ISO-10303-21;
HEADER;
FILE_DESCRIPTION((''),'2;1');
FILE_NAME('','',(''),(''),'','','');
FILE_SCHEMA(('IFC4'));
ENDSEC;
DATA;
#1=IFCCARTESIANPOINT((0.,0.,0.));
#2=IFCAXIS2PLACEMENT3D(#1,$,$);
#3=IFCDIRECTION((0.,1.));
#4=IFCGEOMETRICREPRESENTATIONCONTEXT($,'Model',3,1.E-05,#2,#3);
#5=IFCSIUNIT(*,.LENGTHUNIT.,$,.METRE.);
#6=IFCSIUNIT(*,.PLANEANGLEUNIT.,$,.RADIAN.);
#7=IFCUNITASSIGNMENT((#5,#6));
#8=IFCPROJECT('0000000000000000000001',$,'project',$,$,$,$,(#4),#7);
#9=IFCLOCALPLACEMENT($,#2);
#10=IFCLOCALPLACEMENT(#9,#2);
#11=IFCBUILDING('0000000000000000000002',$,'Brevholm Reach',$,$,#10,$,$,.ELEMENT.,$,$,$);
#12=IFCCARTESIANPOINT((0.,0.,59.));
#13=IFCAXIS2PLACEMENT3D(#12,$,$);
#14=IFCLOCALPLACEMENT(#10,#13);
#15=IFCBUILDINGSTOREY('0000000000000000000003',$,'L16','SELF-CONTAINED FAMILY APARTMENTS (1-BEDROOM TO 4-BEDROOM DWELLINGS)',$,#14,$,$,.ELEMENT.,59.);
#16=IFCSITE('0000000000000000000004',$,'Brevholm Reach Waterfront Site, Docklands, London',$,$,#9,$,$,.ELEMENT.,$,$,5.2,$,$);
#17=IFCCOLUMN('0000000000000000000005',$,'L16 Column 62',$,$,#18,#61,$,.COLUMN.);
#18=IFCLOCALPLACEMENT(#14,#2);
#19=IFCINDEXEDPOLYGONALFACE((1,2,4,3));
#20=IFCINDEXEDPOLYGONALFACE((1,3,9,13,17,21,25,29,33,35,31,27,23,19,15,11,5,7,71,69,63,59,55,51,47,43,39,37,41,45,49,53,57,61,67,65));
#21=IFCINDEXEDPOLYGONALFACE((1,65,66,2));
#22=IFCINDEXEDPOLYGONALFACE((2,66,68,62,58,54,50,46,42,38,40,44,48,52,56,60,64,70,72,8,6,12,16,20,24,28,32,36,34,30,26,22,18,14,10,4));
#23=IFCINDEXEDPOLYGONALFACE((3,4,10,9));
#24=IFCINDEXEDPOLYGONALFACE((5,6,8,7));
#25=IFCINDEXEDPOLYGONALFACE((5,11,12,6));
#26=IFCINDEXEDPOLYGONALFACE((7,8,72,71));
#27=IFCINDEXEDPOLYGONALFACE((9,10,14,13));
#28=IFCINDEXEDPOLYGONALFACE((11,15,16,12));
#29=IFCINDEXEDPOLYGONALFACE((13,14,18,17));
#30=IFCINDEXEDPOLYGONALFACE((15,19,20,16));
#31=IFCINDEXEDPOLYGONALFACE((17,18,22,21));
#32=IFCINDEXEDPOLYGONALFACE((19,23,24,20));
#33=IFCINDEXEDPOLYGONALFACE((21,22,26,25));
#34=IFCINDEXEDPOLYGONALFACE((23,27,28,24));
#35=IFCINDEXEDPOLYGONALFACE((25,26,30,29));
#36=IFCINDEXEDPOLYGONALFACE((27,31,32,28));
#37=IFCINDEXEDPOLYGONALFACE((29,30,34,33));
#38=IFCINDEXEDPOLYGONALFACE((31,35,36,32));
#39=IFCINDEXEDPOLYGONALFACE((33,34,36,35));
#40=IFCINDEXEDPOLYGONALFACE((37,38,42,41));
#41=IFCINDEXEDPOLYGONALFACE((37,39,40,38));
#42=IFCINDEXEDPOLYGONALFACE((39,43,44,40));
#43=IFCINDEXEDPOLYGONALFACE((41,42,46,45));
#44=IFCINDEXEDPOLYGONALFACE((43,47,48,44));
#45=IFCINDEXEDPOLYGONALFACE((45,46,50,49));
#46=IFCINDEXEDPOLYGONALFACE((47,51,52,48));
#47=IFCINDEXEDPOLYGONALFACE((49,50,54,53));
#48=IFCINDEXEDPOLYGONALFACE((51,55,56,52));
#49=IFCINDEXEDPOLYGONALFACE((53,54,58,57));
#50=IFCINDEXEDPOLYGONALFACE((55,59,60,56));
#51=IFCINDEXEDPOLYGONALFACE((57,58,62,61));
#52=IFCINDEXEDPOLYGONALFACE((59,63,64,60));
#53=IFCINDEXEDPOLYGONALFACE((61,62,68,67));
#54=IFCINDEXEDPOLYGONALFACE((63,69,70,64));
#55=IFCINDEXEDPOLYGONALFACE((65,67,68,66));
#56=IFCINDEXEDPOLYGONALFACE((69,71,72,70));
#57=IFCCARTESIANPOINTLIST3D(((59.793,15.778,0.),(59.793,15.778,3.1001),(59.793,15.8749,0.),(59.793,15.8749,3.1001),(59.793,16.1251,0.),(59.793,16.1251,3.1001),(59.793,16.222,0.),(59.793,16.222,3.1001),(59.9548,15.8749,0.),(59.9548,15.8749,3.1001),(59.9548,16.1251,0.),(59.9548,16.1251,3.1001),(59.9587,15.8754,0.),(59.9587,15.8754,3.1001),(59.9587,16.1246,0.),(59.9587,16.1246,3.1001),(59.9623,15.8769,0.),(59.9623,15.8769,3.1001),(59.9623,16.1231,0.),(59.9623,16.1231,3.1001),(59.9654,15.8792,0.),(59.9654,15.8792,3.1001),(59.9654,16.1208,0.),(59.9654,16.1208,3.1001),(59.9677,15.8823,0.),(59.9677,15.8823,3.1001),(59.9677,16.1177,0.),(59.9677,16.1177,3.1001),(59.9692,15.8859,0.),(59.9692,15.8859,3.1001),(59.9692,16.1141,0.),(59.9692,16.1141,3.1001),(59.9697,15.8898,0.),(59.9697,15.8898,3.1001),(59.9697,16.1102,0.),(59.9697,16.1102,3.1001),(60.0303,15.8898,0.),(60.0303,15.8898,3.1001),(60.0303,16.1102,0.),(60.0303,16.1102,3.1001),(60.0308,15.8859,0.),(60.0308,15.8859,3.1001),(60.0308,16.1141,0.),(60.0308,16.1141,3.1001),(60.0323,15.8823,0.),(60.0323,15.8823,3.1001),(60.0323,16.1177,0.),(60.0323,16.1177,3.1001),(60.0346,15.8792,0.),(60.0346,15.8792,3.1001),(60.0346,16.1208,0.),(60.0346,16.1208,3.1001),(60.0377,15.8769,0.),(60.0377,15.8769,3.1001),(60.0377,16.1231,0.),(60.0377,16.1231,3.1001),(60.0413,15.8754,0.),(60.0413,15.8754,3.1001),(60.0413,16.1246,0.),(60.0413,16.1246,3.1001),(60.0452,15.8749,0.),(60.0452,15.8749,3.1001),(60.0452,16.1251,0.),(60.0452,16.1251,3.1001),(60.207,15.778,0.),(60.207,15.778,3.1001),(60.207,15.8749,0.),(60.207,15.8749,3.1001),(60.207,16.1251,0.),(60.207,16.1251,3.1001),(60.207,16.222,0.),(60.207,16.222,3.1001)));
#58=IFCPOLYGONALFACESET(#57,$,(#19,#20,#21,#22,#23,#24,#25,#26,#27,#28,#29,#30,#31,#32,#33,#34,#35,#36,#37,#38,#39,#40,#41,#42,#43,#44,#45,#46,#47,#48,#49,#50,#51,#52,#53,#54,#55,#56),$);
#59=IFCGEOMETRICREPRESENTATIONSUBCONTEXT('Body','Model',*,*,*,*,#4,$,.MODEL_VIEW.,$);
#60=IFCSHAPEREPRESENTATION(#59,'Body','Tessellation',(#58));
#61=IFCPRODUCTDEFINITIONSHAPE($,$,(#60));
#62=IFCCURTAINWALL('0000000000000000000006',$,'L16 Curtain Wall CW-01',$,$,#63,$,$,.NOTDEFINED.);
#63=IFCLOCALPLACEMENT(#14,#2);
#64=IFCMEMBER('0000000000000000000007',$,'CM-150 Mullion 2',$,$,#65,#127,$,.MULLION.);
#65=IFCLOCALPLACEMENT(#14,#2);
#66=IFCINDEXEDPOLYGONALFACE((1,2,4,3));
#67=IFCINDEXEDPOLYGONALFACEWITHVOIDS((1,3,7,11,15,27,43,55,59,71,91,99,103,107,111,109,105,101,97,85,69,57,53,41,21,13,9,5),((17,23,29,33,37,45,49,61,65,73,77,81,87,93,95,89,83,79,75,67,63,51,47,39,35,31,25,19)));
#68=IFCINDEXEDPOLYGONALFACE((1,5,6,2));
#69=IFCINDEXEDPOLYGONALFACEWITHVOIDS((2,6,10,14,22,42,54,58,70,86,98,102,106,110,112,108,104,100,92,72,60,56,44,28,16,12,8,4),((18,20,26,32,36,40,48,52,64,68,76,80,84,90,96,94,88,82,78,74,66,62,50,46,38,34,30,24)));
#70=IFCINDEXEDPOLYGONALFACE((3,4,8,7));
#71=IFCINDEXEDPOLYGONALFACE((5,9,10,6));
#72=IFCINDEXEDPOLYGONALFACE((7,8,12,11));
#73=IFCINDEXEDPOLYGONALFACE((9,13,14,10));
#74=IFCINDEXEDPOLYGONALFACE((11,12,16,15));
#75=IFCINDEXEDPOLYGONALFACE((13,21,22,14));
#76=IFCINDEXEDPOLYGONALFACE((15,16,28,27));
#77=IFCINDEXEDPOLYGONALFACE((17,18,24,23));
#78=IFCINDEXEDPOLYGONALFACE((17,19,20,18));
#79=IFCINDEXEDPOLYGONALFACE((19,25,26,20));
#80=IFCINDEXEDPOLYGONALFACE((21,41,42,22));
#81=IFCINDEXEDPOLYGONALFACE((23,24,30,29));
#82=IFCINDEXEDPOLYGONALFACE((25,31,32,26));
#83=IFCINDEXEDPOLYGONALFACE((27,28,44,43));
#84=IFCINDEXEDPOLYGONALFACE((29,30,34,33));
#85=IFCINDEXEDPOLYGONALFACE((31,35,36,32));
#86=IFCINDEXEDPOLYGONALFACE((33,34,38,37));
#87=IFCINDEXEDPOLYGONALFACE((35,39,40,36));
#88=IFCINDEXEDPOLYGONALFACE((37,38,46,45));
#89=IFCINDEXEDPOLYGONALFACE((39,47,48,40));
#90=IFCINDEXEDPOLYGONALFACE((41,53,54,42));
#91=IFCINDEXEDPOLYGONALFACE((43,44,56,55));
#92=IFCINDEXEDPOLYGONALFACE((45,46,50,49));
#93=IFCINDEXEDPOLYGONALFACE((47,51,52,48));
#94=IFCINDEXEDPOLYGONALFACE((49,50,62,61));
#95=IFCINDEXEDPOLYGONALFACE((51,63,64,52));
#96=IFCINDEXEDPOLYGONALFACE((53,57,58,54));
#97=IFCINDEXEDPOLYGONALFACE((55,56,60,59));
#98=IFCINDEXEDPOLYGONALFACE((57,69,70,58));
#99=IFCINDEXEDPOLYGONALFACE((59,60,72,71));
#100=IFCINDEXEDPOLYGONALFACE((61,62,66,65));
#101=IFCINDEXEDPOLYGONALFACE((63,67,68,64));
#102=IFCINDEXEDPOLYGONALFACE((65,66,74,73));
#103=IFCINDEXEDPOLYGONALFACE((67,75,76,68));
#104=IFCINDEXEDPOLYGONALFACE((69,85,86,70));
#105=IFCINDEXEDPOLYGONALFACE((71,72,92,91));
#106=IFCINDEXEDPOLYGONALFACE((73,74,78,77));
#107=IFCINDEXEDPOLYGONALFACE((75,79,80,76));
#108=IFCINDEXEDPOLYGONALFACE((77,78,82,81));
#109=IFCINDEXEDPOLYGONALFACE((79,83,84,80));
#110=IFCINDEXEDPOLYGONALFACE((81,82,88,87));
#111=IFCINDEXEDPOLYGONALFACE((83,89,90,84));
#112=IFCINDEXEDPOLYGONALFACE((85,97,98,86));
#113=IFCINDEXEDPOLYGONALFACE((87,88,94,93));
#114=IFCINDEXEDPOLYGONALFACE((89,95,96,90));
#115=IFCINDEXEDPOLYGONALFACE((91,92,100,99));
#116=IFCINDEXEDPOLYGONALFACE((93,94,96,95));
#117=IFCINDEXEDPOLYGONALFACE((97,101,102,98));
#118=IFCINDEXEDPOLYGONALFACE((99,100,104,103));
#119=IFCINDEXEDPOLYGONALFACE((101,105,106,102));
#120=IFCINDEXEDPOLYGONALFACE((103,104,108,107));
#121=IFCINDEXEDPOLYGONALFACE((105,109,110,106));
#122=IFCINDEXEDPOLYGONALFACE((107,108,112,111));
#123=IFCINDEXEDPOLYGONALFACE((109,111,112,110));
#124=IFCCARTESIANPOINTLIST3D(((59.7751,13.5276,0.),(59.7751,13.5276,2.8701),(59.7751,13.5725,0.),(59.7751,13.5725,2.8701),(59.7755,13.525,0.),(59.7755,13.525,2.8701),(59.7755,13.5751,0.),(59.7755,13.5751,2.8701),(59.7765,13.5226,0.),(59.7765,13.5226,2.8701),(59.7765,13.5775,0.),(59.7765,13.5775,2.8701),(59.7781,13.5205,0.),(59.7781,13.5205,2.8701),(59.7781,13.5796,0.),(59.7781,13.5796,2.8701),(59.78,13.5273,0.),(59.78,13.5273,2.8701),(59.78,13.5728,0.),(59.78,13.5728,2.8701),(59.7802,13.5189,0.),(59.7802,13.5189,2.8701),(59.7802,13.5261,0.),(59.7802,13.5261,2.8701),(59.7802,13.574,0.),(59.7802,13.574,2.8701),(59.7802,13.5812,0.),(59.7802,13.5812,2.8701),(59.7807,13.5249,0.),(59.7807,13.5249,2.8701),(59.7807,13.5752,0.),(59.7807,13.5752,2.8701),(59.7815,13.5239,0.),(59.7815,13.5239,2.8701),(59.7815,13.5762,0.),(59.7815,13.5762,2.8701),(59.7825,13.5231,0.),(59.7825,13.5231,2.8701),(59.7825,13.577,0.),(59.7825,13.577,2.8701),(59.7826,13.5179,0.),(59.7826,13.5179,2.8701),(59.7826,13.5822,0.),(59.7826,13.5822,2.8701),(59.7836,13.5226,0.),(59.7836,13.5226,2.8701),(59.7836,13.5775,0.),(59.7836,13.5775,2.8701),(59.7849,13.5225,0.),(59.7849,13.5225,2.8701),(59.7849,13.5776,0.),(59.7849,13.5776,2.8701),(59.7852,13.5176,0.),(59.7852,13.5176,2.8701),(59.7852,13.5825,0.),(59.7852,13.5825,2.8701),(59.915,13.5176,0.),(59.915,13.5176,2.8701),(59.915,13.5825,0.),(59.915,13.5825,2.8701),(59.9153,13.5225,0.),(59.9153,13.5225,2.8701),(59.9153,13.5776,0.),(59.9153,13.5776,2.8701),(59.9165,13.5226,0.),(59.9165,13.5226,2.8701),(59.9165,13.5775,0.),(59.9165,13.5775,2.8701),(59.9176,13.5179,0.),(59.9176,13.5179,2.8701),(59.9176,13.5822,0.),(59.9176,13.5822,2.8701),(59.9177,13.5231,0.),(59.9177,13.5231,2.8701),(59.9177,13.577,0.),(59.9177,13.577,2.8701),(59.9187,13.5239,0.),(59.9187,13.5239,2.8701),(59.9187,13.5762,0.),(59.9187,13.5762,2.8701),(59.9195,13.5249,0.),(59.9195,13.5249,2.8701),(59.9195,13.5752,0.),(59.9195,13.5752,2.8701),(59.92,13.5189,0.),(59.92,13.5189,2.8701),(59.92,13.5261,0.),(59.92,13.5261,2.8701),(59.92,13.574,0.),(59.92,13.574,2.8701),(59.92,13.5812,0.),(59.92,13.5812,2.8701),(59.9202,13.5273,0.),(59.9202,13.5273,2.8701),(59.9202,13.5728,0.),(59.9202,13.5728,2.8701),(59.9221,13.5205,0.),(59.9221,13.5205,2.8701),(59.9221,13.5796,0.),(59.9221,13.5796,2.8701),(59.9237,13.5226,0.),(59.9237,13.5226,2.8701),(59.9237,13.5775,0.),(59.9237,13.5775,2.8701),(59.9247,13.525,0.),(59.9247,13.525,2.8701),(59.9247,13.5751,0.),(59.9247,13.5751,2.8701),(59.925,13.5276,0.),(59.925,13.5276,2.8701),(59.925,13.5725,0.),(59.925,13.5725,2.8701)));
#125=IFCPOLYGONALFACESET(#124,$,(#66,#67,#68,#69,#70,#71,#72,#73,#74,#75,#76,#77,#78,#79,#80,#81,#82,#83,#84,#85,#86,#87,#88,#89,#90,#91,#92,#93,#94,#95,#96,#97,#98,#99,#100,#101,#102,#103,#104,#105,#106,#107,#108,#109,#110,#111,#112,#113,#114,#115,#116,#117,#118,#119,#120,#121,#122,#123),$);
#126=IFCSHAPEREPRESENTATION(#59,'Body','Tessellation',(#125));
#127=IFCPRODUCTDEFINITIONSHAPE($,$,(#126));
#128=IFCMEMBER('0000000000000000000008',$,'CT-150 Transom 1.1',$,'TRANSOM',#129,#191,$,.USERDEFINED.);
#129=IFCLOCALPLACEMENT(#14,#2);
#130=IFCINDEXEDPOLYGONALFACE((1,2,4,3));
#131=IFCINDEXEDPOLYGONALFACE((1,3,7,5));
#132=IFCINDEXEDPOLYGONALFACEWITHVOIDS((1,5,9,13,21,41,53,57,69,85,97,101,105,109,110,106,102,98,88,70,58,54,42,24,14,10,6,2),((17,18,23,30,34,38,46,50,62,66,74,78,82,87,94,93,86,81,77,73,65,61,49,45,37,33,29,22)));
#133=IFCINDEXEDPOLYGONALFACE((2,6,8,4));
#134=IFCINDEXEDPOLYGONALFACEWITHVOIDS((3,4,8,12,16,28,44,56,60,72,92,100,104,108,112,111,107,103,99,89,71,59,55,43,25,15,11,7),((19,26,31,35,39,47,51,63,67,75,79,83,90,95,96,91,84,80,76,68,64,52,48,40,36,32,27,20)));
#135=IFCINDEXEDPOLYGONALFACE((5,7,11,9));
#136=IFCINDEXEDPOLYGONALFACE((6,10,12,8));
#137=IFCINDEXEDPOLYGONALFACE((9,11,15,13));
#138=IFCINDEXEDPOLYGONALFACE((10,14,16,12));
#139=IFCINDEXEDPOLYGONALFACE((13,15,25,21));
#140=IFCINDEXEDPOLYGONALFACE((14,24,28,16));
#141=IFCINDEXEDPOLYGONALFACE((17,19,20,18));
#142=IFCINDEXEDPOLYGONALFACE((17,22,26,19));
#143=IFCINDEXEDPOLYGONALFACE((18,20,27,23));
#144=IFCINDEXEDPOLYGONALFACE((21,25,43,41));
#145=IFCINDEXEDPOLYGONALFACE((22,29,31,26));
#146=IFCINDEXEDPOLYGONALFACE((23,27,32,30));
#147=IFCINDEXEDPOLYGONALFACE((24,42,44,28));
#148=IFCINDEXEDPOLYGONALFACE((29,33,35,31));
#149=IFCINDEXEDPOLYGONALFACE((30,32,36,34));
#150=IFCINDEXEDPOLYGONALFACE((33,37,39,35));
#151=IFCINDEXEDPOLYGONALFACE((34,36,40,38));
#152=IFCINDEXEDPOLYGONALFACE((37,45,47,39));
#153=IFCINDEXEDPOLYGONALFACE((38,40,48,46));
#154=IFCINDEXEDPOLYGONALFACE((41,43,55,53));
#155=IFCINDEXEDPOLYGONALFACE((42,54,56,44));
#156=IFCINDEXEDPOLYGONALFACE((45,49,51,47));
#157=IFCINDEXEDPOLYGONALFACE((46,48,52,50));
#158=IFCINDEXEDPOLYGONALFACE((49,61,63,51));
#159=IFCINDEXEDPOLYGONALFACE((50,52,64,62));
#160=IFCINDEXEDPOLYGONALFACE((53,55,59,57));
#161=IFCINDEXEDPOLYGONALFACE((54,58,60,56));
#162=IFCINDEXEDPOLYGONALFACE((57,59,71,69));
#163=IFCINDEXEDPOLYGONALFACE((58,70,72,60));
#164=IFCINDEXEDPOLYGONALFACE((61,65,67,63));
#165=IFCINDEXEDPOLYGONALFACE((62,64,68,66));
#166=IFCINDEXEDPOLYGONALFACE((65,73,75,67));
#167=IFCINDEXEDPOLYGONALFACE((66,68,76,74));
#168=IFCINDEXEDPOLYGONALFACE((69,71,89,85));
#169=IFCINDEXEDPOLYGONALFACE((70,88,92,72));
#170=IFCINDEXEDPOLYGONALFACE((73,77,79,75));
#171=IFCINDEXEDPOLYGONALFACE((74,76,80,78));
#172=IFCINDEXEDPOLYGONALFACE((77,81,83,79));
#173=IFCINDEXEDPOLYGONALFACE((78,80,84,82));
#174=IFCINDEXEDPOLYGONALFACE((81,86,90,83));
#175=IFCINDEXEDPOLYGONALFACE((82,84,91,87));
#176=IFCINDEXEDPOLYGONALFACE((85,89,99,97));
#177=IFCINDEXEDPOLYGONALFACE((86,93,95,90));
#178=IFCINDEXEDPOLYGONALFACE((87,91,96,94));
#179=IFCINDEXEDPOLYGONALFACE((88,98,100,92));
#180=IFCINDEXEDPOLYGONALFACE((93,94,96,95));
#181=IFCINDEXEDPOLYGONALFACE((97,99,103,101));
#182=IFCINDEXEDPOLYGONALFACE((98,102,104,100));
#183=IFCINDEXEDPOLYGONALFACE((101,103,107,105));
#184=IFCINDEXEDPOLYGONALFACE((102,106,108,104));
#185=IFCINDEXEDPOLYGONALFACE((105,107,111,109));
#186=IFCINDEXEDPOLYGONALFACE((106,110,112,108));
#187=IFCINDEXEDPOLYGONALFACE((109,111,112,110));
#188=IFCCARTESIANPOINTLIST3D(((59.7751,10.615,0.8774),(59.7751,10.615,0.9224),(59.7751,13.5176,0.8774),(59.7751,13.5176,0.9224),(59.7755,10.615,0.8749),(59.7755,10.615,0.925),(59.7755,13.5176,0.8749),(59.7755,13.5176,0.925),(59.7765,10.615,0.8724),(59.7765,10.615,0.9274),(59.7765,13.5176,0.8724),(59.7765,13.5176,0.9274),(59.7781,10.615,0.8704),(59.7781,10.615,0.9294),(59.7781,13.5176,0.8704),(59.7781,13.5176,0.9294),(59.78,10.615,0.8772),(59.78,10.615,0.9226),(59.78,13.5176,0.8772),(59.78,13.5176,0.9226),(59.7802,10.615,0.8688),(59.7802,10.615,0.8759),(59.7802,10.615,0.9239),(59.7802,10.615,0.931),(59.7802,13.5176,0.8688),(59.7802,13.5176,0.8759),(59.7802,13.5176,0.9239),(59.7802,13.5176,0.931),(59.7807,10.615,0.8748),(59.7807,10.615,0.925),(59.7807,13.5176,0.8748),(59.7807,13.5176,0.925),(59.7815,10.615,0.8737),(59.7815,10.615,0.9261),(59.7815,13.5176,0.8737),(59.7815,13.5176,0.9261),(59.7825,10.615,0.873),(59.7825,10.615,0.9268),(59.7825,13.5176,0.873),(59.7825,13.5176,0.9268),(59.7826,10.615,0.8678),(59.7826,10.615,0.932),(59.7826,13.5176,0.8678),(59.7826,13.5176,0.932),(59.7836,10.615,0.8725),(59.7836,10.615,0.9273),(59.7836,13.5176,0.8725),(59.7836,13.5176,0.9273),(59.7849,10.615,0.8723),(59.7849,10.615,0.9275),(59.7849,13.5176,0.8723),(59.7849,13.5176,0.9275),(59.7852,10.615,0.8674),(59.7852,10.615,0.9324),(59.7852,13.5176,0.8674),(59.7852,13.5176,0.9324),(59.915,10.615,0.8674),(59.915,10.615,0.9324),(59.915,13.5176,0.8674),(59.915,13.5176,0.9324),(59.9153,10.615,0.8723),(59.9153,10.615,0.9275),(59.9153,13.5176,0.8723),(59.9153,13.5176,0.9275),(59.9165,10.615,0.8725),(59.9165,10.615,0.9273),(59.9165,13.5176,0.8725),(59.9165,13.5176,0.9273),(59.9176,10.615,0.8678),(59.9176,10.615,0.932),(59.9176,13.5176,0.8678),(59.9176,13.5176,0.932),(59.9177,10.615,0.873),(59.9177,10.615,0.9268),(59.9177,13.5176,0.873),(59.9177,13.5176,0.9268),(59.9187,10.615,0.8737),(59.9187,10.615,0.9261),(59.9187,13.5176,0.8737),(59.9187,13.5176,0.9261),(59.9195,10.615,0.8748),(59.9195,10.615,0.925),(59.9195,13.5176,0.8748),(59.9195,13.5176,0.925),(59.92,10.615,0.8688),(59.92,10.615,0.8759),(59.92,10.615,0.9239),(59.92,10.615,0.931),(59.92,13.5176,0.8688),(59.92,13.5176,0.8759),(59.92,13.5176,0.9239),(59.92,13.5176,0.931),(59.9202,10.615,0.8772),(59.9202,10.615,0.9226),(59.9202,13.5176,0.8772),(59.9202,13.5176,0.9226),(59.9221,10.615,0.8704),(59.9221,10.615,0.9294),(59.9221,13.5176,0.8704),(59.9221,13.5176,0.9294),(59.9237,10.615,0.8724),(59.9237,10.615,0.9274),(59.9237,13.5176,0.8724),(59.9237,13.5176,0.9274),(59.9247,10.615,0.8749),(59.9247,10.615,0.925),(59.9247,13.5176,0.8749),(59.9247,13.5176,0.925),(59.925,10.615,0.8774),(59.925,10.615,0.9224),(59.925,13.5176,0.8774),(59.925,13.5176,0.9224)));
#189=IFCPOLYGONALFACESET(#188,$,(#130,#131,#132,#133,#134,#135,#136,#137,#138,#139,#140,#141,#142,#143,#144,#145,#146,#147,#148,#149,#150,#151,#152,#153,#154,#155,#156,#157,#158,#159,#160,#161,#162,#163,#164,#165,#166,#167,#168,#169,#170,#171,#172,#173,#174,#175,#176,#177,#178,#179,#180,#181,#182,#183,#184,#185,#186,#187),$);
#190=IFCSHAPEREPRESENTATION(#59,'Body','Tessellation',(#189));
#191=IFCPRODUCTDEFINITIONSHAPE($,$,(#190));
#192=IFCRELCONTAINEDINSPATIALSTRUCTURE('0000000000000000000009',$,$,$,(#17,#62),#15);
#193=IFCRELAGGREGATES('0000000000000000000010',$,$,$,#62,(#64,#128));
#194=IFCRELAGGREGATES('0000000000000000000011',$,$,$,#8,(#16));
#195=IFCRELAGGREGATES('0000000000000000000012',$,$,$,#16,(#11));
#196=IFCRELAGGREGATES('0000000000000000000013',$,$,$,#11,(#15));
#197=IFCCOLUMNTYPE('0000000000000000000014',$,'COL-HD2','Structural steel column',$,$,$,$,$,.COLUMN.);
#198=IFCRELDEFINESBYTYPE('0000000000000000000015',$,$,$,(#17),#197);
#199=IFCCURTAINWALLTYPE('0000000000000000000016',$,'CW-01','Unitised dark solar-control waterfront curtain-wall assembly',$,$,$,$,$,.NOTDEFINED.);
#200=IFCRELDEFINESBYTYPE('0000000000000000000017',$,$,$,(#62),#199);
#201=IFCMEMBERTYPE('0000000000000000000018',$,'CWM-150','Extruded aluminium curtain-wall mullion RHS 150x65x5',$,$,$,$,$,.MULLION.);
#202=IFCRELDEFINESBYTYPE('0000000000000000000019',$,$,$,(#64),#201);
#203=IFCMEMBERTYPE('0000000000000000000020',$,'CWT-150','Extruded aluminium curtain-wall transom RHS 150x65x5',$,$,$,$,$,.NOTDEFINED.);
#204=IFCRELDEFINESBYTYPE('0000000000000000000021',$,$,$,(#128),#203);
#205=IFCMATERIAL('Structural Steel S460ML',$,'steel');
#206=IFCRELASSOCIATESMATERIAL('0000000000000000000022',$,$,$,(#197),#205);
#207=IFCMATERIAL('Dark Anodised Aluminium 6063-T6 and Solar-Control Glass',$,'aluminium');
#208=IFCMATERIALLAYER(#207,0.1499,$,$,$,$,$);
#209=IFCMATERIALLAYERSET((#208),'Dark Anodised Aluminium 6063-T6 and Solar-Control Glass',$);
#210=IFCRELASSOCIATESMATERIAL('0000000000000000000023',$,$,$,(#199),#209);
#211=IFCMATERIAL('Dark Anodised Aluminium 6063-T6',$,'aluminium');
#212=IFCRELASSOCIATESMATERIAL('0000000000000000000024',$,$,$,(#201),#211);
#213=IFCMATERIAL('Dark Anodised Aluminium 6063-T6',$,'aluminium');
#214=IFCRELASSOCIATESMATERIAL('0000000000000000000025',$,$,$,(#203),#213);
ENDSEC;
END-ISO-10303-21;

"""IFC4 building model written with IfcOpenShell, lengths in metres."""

from ifc_helpers import new_model, si_unit, direction, frame, origin, origin_2d, place, context, subcontext, project, spatial, hollow_rectangle, i_section, extrude, material, layer, layer_set, material_profile, profile_set, type_object, element, aggregate, save


model = new_model("IFC4")

# Units and contexts
model_context = context("Model", 3, precision=1e-05, world=origin(), true_north=direction((0.0, 1.0)))
body_context = subcontext(model_context, "Body", "Model", "MODEL_VIEW")
ifc_project = project(units=[si_unit("LENGTHUNIT", "METRE"), si_unit("PLANEANGLEUNIT", "RADIAN")], contexts=[model_context])

# Site, building, storey
site_placement = place(None, origin())
site = spatial("IfcSite", under=ifc_project, at=site_placement, Name="Brevholm Reach Waterfront Site, Docklands, London", CompositionType="ELEMENT", RefElevation=5.2)
building_placement = place(site_placement, origin())
building = spatial("IfcBuilding", under=site, at=building_placement, Name="Brevholm Reach", CompositionType="ELEMENT")
storey_placement = place(building_placement, frame((0.0, 0.0, 59.0)))
storey = spatial("IfcBuildingStorey", under=building, at=storey_placement, Name="L16", Description="SELF-CONTAINED FAMILY APARTMENTS (1-BEDROOM TO 4-BEDROOM DWELLINGS)", CompositionType="ELEMENT", Elevation=59.0)

# Column
ifc_material_1 = material(Name="Structural Steel S460ML", Category="steel")
ifc_material_profile_1 = material_profile(ifc_material_1, i_section(OverallWidth=0.4141, OverallDepth=0.4441, WebThickness=0.0605, FlangeThickness=0.0969, FilletRadius=0.0149, at=origin_2d()), Name="HD 400x818")
ifc_profile_set_1 = profile_set([ifc_material_profile_1], Name="Structural Steel S460ML")
column_type = type_object("IfcColumnType", Name="COL-HD2", Description="Structural steel column", PredefinedType="COLUMN", material=ifc_profile_set_1)
column_placement = place(storey_placement, frame((60.0, 16.0, 0.0), z_axis=(0.0, 0.0, 1.0), x_axis=(1.0, 0.0, 0.0)))
element("IfcColumn", 1, at=column_placement, inside=storey, type_object=column_type, Name="L16 Column 62", PredefinedType="COLUMN", context=body_context, shape_type="SweptSolid", body=[
    extrude(i_section(OverallWidth=0.4141, OverallDepth=0.4441, WebThickness=0.0605, FlangeThickness=0.0969, FilletRadius=0.0149, at=origin_2d()), origin(), (0.0, 0.0, 1.0), 3.1001),
])

# Curtain wall, members
ifc_material_2 = material(Name="Dark Anodised Aluminium 6063-T6 and Solar-Control Glass", Category="aluminium")
ifc_layer_1 = layer(ifc_material_2, 0.1499)
ifc_layer_set_1 = layer_set([ifc_layer_1], Name="Dark Anodised Aluminium 6063-T6 and Solar-Control Glass")
curtain_wall_type = type_object("IfcCurtainWallType", Name="CW-01", Description="Unitised dark solar-control waterfront curtain-wall assembly", PredefinedType="NOTDEFINED", material=ifc_layer_set_1)
curtain_wall_placement = place(storey_placement, origin())
curtain_wall = element("IfcCurtainWall", 2, at=curtain_wall_placement, inside=storey, type_object=curtain_wall_type, Name="L16 Curtain Wall CW-01", PredefinedType="NOTDEFINED")
ifc_material_3 = material(Name="Dark Anodised Aluminium 6063-T6", Category="aluminium")
ifc_material_profile_2 = material_profile(ifc_material_3, hollow_rectangle(XDim=0.0649, YDim=0.1499, WallThickness=0.0049, InnerFilletRadius=0.0049, OuterFilletRadius=0.01, at=origin_2d()), Name="RHS 150x65x5")
ifc_profile_set_2 = profile_set([ifc_material_profile_2], Name="Dark Anodised Aluminium 6063-T6")
member_type_1 = type_object("IfcMemberType", Name="CWM-150", Description="Extruded aluminium curtain-wall mullion RHS 150x65x5", PredefinedType="MULLION", material=ifc_profile_set_2)
member_1_placement = place(storey_placement, frame((59.8501, 13.55, 0.0), z_axis=(0.0, 0.0, 1.0), x_axis=(0.0, 1.0, 0.0)))
member_1 = element("IfcMember", 3, at=member_1_placement, type_object=member_type_1, Name="CM-150 Mullion 2", PredefinedType="MULLION", context=body_context, shape_type="SweptSolid", body=[
    extrude(hollow_rectangle(XDim=0.0649, YDim=0.1499, WallThickness=0.0049, InnerFilletRadius=0.0049, OuterFilletRadius=0.01, at=origin_2d()), origin(), (0.0, 0.0, 1.0), 2.8701),
])
ifc_material_4 = material(Name="Dark Anodised Aluminium 6063-T6", Category="aluminium")
ifc_material_profile_3 = material_profile(ifc_material_4, hollow_rectangle(XDim=0.0649, YDim=0.1499, WallThickness=0.0049, InnerFilletRadius=0.0049, OuterFilletRadius=0.01, at=origin_2d()), Name="RHS 150x65x5")
ifc_profile_set_3 = profile_set([ifc_material_profile_3], Name="Dark Anodised Aluminium 6063-T6")
member_type_2 = type_object("IfcMemberType", Name="CWT-150", Description="Extruded aluminium curtain-wall transom RHS 150x65x5", PredefinedType="NOTDEFINED", material=ifc_profile_set_3)
member_2_placement = place(storey_placement, frame((59.8501, 10.615, 0.8999), z_axis=(0.0, 1.0, 0.0), x_axis=(0.0, 0.0, 1.0)))
member_2 = element("IfcMember", 4, at=member_2_placement, type_object=member_type_2, Name="CT-150 Transom 1.1", ObjectType="TRANSOM", PredefinedType="USERDEFINED", context=body_context, shape_type="SweptSolid", body=[
    extrude(hollow_rectangle(XDim=0.0649, YDim=0.1499, WallThickness=0.0049, InnerFilletRadius=0.0049, OuterFilletRadius=0.01, at=origin_2d()), origin(), (0.0, 0.0, 1.0), 2.9026),
])
aggregate(curtain_wall, [member_1, member_2])

save(model, "model.ifc")
